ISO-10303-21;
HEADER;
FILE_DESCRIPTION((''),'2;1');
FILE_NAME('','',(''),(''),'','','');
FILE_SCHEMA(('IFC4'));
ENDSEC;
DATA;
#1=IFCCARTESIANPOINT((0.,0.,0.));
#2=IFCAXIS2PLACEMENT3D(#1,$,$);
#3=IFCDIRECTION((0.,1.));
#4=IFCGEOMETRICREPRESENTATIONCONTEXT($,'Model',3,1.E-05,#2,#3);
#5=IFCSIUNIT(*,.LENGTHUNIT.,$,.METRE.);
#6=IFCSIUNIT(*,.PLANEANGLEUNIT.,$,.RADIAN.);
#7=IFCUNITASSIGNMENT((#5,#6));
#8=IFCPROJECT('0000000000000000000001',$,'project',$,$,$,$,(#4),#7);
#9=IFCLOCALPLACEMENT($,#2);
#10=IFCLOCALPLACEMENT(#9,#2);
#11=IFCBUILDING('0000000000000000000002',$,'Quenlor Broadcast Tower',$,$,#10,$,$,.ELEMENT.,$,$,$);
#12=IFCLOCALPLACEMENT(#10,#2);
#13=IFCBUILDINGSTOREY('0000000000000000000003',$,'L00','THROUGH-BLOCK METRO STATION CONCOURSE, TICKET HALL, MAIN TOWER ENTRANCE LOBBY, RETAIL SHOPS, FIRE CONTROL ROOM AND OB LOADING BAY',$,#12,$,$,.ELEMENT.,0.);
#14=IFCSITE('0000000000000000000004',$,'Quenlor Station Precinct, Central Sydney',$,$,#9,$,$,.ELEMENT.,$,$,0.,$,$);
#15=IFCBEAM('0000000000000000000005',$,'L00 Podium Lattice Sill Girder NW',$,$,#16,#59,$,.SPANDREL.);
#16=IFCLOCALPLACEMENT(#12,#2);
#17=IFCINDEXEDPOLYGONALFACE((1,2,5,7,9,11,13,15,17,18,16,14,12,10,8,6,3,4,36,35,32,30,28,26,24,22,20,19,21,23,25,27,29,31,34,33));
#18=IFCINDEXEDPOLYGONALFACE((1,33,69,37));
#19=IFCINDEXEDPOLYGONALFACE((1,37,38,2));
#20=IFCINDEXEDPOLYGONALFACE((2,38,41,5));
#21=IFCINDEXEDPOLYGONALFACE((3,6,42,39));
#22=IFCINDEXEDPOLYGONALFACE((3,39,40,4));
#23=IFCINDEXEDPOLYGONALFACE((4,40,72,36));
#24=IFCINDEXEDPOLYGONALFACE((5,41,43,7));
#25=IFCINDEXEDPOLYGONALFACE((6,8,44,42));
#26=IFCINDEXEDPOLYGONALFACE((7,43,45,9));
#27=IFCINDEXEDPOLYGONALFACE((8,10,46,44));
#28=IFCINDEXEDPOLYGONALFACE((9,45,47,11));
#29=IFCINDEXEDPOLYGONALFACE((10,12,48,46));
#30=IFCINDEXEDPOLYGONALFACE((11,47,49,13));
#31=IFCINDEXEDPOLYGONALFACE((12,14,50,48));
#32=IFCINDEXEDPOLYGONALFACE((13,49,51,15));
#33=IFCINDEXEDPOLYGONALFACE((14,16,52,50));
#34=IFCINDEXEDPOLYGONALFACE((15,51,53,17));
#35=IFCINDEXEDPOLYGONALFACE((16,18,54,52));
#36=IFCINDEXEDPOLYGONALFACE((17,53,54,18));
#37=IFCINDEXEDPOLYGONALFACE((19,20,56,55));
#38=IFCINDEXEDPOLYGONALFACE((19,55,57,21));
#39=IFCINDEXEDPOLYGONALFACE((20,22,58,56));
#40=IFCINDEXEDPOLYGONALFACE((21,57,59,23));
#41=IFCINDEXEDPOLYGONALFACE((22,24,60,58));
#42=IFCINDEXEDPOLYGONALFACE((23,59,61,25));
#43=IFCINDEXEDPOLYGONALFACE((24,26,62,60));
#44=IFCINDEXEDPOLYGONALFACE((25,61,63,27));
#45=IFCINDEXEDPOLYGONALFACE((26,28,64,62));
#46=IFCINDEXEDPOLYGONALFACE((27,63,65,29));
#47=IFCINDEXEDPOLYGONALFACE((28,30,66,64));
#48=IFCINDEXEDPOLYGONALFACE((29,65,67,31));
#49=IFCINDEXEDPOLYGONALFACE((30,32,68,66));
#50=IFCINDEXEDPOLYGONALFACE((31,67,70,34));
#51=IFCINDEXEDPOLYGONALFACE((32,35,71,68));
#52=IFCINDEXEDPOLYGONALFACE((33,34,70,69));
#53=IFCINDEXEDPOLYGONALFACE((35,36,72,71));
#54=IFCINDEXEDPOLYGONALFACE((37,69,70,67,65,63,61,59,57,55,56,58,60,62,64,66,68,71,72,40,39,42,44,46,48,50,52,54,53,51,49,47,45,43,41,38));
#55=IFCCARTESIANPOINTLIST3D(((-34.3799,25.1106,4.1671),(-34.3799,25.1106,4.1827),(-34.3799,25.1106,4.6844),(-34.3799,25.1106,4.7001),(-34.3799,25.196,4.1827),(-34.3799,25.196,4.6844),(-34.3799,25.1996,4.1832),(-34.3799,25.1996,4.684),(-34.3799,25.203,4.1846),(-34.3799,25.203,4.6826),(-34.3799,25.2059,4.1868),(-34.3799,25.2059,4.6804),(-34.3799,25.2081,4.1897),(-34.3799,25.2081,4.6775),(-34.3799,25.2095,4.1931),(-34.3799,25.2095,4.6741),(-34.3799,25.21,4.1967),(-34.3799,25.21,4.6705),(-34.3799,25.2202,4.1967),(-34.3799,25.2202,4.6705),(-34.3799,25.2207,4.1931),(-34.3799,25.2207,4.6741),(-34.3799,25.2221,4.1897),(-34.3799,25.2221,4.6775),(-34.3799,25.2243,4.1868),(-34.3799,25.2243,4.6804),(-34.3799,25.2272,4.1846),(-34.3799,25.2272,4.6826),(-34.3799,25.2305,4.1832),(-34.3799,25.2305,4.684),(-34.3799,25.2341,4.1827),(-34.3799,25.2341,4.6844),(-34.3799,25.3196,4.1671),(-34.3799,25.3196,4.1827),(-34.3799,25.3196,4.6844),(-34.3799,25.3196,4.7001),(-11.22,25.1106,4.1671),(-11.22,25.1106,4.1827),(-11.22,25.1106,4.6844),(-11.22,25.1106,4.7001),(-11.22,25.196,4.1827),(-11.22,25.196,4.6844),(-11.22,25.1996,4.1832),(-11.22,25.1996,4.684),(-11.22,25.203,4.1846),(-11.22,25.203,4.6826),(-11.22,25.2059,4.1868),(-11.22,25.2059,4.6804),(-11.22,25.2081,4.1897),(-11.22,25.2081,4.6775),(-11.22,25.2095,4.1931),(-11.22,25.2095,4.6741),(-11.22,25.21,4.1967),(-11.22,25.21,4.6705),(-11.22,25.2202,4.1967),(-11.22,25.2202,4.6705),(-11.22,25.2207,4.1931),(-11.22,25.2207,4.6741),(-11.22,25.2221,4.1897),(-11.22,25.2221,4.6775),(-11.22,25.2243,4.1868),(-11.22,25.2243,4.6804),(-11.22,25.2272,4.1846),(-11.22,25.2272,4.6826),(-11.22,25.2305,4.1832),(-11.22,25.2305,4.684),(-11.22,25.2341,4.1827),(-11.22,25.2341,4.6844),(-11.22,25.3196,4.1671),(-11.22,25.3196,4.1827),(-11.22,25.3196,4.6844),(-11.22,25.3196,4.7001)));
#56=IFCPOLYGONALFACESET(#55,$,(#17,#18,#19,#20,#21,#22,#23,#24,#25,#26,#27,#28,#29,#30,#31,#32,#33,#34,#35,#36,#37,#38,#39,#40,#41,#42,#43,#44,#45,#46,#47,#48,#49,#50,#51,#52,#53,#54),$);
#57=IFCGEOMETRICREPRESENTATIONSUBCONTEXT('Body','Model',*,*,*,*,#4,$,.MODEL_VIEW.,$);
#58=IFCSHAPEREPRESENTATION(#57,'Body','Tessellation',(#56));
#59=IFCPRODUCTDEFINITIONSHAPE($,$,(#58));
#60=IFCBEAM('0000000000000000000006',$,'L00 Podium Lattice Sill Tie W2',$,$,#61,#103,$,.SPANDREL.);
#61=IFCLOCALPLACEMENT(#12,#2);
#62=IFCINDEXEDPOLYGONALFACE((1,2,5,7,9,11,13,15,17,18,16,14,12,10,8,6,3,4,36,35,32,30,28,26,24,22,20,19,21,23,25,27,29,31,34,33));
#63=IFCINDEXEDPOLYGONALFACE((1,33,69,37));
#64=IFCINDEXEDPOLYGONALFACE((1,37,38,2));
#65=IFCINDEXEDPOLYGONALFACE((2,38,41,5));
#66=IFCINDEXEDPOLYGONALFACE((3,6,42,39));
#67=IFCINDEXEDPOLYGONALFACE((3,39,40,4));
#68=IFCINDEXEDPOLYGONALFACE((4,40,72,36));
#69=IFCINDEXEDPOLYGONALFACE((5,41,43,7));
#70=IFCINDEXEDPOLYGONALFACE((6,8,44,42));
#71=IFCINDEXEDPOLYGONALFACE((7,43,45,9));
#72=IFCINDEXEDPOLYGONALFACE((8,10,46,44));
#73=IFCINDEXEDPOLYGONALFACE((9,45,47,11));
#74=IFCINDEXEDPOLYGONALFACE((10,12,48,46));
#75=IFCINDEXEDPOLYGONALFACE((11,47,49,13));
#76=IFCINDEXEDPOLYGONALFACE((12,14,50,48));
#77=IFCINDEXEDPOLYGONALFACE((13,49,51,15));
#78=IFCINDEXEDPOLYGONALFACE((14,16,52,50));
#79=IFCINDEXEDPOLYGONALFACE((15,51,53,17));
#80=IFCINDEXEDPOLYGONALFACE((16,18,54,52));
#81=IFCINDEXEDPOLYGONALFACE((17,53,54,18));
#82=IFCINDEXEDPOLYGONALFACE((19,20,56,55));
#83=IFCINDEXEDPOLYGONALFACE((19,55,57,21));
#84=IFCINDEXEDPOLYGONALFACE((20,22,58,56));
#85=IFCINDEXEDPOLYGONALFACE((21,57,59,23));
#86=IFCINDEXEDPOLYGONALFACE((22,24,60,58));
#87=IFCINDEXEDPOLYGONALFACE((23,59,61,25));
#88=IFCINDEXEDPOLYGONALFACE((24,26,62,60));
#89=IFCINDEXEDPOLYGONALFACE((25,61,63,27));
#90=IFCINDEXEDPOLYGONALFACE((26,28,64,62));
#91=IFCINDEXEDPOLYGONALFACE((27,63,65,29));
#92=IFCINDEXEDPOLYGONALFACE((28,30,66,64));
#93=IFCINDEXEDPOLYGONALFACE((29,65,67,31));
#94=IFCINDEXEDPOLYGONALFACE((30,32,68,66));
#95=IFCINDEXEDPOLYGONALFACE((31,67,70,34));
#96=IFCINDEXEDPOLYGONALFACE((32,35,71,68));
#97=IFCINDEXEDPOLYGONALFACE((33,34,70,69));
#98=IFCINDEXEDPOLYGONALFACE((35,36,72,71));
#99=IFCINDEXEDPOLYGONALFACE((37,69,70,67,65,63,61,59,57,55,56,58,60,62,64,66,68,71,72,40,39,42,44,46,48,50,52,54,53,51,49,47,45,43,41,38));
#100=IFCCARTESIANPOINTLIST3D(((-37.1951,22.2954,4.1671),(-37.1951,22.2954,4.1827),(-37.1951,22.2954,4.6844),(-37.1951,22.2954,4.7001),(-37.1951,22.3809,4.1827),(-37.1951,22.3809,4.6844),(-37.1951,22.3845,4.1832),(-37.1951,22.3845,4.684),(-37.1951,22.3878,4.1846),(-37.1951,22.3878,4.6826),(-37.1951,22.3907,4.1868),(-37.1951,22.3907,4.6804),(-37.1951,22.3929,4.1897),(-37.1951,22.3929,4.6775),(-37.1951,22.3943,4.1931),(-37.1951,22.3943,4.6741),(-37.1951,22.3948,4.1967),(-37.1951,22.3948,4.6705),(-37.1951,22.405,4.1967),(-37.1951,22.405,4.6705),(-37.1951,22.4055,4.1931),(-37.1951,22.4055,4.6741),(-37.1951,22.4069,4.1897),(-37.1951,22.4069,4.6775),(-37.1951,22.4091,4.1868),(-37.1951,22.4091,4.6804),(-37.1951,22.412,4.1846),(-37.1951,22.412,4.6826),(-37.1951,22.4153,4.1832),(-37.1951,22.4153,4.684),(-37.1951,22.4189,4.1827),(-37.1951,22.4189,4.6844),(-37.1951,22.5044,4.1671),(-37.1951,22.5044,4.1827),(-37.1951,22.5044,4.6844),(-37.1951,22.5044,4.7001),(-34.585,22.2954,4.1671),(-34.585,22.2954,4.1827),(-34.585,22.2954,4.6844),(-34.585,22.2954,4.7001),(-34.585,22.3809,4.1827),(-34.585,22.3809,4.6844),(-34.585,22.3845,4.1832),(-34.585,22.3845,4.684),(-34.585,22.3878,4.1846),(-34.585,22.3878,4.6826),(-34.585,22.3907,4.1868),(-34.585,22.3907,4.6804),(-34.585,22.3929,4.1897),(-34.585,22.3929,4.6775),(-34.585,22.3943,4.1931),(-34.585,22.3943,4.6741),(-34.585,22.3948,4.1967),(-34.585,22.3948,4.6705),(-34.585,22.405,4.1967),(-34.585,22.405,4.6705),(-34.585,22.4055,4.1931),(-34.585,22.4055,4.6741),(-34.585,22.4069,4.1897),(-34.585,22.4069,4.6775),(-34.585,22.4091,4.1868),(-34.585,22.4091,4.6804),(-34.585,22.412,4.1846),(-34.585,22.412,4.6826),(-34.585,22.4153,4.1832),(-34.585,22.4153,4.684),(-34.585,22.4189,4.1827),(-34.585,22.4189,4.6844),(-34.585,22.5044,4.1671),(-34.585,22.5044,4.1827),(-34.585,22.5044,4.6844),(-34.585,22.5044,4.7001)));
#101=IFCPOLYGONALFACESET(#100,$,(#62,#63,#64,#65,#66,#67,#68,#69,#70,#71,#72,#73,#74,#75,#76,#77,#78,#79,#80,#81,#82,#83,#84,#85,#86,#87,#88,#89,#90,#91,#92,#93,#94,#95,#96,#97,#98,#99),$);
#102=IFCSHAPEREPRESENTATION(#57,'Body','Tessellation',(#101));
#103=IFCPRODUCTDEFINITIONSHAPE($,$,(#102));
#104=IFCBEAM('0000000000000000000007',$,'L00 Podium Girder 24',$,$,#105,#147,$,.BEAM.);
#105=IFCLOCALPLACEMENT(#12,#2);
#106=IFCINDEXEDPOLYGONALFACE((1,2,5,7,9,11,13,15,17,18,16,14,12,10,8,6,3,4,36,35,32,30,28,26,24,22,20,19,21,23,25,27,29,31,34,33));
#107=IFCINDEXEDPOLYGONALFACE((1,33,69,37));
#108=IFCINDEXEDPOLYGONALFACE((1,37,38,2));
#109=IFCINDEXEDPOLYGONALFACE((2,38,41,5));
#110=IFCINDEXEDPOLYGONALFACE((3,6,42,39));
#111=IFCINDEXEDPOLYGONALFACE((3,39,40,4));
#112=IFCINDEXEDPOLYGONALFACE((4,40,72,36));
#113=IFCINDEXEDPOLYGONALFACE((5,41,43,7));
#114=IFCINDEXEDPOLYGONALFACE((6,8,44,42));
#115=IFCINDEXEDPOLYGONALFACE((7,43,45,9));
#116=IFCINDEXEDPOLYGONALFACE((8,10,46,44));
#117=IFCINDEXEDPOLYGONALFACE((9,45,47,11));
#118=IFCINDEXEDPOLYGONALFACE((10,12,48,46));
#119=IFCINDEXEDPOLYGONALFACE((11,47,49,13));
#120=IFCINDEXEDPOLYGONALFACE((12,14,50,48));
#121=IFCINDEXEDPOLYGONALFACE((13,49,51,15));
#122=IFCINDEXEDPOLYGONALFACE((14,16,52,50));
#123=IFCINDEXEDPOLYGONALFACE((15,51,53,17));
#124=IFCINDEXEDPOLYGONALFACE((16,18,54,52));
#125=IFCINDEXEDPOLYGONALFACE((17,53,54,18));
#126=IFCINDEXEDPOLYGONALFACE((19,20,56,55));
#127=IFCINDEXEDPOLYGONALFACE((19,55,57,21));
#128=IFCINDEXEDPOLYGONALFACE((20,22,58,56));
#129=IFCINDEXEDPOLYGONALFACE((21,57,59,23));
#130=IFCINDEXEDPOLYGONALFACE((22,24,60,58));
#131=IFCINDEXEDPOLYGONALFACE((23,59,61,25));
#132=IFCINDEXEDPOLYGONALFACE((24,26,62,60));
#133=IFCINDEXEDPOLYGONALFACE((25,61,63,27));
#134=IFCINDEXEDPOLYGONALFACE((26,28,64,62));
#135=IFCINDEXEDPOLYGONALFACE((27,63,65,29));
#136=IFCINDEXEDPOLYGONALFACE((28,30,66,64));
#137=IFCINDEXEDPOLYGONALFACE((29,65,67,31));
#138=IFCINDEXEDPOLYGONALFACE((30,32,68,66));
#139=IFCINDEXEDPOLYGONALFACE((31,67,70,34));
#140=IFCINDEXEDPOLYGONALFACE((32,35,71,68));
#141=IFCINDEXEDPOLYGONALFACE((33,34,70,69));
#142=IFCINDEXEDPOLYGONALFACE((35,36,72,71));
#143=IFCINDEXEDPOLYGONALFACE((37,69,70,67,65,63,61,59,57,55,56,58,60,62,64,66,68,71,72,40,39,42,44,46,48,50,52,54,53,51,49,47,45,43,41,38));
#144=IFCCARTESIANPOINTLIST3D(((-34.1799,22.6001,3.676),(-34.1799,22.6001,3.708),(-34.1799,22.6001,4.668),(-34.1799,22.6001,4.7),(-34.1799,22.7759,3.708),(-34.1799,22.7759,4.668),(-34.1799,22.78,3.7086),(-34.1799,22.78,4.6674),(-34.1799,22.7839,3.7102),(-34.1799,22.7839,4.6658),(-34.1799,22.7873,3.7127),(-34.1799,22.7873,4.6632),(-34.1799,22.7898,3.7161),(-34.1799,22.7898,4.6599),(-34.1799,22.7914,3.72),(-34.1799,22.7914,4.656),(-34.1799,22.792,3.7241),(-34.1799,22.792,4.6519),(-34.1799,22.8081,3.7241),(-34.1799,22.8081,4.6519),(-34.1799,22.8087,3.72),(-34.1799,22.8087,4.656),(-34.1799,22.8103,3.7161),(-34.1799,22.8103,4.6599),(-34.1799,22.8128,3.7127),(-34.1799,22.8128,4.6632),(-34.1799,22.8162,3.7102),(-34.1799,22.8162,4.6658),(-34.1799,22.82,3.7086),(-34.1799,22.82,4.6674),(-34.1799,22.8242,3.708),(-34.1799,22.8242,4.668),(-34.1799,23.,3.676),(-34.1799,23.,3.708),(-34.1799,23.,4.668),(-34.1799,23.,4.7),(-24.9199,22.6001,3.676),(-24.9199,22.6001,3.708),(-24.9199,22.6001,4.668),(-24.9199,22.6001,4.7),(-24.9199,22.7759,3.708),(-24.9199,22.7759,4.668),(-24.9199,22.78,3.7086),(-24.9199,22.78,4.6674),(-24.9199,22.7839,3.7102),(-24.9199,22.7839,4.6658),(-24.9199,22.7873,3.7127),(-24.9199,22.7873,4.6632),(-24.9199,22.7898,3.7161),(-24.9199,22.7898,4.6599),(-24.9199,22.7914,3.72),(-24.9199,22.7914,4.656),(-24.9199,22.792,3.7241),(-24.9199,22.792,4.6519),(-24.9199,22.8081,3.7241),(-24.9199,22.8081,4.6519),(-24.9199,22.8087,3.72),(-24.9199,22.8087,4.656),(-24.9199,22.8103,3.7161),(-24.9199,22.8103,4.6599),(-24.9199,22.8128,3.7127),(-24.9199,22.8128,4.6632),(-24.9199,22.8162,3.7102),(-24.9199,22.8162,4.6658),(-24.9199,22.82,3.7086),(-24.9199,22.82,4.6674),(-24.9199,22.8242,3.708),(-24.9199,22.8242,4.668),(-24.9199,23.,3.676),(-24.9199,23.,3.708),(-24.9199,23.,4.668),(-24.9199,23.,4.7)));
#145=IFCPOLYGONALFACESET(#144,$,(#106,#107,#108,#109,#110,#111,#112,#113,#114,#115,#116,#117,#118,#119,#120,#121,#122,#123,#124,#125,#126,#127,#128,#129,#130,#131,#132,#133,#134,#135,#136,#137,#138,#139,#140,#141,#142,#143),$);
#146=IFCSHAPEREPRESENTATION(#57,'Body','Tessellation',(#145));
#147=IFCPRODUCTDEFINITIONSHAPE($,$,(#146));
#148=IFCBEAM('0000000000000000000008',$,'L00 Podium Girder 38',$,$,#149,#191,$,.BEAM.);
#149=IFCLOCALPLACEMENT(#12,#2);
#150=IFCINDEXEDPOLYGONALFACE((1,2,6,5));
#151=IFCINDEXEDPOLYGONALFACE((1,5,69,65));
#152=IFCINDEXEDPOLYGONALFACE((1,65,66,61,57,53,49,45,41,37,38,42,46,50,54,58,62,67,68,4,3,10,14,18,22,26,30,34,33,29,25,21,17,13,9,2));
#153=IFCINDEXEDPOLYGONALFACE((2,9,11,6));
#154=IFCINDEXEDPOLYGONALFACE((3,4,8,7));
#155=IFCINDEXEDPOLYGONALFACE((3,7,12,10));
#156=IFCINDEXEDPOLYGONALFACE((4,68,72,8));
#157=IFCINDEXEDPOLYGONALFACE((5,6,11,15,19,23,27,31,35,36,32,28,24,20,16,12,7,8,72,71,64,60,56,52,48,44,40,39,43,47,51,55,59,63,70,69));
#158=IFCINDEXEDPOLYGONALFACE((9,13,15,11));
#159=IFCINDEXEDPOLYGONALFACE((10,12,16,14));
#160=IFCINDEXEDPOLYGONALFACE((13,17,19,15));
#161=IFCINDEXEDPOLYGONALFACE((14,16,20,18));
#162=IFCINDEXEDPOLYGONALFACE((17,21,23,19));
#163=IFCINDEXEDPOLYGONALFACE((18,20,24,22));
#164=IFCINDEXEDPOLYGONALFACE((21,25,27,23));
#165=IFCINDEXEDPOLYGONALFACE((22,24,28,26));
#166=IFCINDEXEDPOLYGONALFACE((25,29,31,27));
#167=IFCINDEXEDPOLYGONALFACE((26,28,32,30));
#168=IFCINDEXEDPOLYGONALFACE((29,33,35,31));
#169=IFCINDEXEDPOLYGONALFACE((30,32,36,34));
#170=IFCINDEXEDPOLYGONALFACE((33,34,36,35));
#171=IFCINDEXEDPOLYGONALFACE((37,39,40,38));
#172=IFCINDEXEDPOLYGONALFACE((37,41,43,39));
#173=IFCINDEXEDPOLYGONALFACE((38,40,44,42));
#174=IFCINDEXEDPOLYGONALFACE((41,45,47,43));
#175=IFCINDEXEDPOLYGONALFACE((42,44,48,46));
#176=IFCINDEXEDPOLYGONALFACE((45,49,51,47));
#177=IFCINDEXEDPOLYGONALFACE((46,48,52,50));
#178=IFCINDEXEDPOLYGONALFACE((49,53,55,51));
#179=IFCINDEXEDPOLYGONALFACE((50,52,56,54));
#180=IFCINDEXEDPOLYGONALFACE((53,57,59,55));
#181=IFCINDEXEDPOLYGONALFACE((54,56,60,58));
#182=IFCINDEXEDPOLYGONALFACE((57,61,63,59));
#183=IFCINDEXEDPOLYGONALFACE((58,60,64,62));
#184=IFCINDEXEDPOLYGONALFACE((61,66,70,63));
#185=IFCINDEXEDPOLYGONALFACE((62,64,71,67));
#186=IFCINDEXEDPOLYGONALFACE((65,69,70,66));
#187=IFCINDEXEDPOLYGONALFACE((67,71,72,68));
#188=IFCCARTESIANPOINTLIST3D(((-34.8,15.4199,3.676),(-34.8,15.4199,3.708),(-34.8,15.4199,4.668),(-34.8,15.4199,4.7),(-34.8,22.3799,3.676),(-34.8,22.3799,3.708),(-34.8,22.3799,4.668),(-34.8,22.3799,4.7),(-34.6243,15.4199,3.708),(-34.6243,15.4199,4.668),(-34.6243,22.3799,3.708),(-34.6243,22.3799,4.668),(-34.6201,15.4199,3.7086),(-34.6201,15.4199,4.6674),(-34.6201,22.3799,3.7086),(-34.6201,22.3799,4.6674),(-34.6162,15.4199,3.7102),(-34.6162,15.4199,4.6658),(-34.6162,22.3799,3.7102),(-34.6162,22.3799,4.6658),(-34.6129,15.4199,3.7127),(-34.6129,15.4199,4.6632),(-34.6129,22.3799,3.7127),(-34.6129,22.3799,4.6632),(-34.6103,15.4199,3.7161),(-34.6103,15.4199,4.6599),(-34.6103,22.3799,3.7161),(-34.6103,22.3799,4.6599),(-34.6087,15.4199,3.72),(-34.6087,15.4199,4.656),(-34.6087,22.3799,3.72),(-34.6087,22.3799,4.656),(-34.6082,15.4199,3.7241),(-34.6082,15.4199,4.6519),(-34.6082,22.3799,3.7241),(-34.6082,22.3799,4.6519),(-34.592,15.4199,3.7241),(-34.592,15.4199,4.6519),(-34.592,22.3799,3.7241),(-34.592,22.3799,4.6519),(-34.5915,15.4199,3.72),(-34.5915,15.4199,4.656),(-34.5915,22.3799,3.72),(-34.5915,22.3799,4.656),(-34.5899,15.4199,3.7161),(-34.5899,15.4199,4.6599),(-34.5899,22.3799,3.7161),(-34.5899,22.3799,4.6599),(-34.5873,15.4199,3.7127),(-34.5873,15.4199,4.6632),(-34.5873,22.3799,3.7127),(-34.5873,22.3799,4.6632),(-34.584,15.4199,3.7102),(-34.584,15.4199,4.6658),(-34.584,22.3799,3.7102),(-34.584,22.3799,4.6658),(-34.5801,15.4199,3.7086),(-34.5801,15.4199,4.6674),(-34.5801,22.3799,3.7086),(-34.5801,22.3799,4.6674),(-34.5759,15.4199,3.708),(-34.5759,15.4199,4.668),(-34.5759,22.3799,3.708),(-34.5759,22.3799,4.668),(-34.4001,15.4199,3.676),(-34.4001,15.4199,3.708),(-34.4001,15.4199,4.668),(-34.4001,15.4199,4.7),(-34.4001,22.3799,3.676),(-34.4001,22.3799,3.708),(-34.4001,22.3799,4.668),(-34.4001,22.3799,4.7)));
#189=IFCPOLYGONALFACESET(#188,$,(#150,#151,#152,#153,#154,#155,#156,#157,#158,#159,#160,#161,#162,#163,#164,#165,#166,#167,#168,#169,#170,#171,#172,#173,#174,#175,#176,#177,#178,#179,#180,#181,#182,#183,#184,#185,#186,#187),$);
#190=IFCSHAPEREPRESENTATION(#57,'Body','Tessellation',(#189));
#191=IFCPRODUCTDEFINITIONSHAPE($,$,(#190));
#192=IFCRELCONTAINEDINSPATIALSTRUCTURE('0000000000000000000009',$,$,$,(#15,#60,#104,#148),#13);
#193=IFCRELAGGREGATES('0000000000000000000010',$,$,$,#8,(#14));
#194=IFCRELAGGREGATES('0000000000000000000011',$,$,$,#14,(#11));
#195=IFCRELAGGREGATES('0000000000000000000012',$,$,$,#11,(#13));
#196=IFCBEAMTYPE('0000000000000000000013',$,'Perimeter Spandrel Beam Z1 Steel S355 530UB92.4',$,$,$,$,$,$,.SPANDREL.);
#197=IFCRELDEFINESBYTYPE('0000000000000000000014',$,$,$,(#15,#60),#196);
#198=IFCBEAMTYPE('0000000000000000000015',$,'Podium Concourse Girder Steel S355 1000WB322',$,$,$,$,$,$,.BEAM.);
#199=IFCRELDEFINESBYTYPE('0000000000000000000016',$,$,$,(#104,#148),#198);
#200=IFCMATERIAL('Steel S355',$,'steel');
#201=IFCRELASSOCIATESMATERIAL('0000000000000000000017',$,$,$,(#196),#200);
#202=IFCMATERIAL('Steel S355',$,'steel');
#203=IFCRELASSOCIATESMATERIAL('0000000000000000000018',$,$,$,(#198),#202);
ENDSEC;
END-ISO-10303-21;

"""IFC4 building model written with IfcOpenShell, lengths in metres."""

from ifc_helpers import new_model, si_unit, direction, frame, origin, origin_2d, place, context, subcontext, project, spatial, i_section, extrude, material, material_profile, profile_set, type_object, element, save


model = new_model("IFC4")

# Units and contexts
model_context = context("Model", 3, precision=1e-05, world=origin(), true_north=direction((0.0, 1.0)))
body_context = subcontext(model_context, "Body", "Model", "MODEL_VIEW")
ifc_project = project(units=[si_unit("LENGTHUNIT", "METRE"), si_unit("PLANEANGLEUNIT", "RADIAN")], contexts=[model_context])

# Site, building, storey
site_placement = place(None, origin())
site = spatial("IfcSite", under=ifc_project, at=site_placement, Name="Quenlor Station Precinct, Central Sydney", CompositionType="ELEMENT", RefElevation=0.0)
building_placement = place(site_placement, origin())
building = spatial("IfcBuilding", under=site, at=building_placement, Name="Quenlor Broadcast Tower", CompositionType="ELEMENT")
storey_placement = place(building_placement, origin())
storey = spatial("IfcBuildingStorey", under=building, at=storey_placement, Name="L00", Description="THROUGH-BLOCK METRO STATION CONCOURSE, TICKET HALL, MAIN TOWER ENTRANCE LOBBY, RETAIL SHOPS, FIRE CONTROL ROOM AND OB LOADING BAY", CompositionType="ELEMENT", Elevation=0.0)

# Beams
ifc_material_1 = material(Name="Steel S355", Category="steel")
ifc_material_profile_1 = material_profile(ifc_material_1, i_section(OverallWidth=0.209, OverallDepth=0.533, WebThickness=0.0103, FlangeThickness=0.0156, FilletRadius=0.0139, at=origin_2d()))
ifc_profile_set_1 = profile_set([ifc_material_profile_1], Name="Steel S355 530UB92.4")
beam_type_1 = type_object("IfcBeamType", Name="Perimeter Spandrel Beam Z1 Steel S355 530UB92.4", PredefinedType="SPANDREL", material=ifc_profile_set_1)
beam_1_placement = place(storey_placement, frame((-34.3799, 25.2151, 4.4336), z_axis=(1.0, 0.0, 0.0), x_axis=(0.0, 1.0, 0.0)))
element("IfcBeam", 1, at=beam_1_placement, inside=storey, type_object=beam_type_1, Name="L00 Podium Lattice Sill Girder NW", PredefinedType="SPANDREL", context=body_context, shape_type="SweptSolid", body=[
    extrude(i_section(OverallWidth=0.209, OverallDepth=0.533, WebThickness=0.0103, FlangeThickness=0.0156, FilletRadius=0.0139, at=origin_2d()), origin(), (0.0, 0.0, 1.0), 23.1599),
])
beam_2_placement = place(storey_placement, frame((-34.585, 22.3999, 4.4336), z_axis=(-1.0, 0.0, 0.0), x_axis=(0.0, -1.0, 0.0)))
element("IfcBeam", 2, at=beam_2_placement, inside=storey, type_object=beam_type_1, Name="L00 Podium Lattice Sill Tie W2", PredefinedType="SPANDREL", context=body_context, shape_type="SweptSolid", body=[
    extrude(i_section(OverallWidth=0.209, OverallDepth=0.533, WebThickness=0.0103, FlangeThickness=0.0156, FilletRadius=0.0139, at=origin_2d()), origin(), (0.0, 0.0, 1.0), 2.6101),
])
ifc_material_2 = material(Name="Steel S355", Category="steel")
ifc_material_profile_2 = material_profile(ifc_material_2, i_section(OverallWidth=0.3999, OverallDepth=1.0239, WebThickness=0.0161, FlangeThickness=0.032, FilletRadius=0.0161, at=origin_2d()))
ifc_profile_set_2 = profile_set([ifc_material_profile_2], Name="Steel S355 1000WB322")
beam_type_2 = type_object("IfcBeamType", Name="Podium Concourse Girder Steel S355 1000WB322", PredefinedType="BEAM", material=ifc_profile_set_2)
beam_3_placement = place(storey_placement, frame((-34.1799, 22.8, 4.188), z_axis=(1.0, 0.0, 0.0), x_axis=(0.0, 1.0, 0.0)))
element("IfcBeam", 3, at=beam_3_placement, inside=storey, type_object=beam_type_2, Name="L00 Podium Girder 24", PredefinedType="BEAM", context=body_context, shape_type="SweptSolid", body=[
    extrude(i_section(OverallWidth=0.3999, OverallDepth=1.0239, WebThickness=0.0161, FlangeThickness=0.032, FilletRadius=0.0161, at=origin_2d()), origin(), (0.0, 0.0, 1.0), 9.26),
])
for number, where, z_axis, x_axis, name in (
    (4, (-34.6001, 15.4199, 4.188), (0.0, 1.0, 0.0), (-1.0, 0.0, 0.0), "L00 Podium Girder 38"),
):
    element("IfcBeam", number, at=place(storey_placement, frame(where, z_axis=z_axis, x_axis=x_axis)), inside=storey, type_object=beam_type_2, Name=name, PredefinedType="BEAM", context=body_context, shape_type="SweptSolid", body=[
        extrude(i_section(OverallWidth=0.3999, OverallDepth=1.0239, WebThickness=0.0161, FlangeThickness=0.032, FilletRadius=0.0161, at=origin_2d()), origin(), (0.0, 0.0, 1.0), 6.96),
    ])

save(model, "model.ifc")
